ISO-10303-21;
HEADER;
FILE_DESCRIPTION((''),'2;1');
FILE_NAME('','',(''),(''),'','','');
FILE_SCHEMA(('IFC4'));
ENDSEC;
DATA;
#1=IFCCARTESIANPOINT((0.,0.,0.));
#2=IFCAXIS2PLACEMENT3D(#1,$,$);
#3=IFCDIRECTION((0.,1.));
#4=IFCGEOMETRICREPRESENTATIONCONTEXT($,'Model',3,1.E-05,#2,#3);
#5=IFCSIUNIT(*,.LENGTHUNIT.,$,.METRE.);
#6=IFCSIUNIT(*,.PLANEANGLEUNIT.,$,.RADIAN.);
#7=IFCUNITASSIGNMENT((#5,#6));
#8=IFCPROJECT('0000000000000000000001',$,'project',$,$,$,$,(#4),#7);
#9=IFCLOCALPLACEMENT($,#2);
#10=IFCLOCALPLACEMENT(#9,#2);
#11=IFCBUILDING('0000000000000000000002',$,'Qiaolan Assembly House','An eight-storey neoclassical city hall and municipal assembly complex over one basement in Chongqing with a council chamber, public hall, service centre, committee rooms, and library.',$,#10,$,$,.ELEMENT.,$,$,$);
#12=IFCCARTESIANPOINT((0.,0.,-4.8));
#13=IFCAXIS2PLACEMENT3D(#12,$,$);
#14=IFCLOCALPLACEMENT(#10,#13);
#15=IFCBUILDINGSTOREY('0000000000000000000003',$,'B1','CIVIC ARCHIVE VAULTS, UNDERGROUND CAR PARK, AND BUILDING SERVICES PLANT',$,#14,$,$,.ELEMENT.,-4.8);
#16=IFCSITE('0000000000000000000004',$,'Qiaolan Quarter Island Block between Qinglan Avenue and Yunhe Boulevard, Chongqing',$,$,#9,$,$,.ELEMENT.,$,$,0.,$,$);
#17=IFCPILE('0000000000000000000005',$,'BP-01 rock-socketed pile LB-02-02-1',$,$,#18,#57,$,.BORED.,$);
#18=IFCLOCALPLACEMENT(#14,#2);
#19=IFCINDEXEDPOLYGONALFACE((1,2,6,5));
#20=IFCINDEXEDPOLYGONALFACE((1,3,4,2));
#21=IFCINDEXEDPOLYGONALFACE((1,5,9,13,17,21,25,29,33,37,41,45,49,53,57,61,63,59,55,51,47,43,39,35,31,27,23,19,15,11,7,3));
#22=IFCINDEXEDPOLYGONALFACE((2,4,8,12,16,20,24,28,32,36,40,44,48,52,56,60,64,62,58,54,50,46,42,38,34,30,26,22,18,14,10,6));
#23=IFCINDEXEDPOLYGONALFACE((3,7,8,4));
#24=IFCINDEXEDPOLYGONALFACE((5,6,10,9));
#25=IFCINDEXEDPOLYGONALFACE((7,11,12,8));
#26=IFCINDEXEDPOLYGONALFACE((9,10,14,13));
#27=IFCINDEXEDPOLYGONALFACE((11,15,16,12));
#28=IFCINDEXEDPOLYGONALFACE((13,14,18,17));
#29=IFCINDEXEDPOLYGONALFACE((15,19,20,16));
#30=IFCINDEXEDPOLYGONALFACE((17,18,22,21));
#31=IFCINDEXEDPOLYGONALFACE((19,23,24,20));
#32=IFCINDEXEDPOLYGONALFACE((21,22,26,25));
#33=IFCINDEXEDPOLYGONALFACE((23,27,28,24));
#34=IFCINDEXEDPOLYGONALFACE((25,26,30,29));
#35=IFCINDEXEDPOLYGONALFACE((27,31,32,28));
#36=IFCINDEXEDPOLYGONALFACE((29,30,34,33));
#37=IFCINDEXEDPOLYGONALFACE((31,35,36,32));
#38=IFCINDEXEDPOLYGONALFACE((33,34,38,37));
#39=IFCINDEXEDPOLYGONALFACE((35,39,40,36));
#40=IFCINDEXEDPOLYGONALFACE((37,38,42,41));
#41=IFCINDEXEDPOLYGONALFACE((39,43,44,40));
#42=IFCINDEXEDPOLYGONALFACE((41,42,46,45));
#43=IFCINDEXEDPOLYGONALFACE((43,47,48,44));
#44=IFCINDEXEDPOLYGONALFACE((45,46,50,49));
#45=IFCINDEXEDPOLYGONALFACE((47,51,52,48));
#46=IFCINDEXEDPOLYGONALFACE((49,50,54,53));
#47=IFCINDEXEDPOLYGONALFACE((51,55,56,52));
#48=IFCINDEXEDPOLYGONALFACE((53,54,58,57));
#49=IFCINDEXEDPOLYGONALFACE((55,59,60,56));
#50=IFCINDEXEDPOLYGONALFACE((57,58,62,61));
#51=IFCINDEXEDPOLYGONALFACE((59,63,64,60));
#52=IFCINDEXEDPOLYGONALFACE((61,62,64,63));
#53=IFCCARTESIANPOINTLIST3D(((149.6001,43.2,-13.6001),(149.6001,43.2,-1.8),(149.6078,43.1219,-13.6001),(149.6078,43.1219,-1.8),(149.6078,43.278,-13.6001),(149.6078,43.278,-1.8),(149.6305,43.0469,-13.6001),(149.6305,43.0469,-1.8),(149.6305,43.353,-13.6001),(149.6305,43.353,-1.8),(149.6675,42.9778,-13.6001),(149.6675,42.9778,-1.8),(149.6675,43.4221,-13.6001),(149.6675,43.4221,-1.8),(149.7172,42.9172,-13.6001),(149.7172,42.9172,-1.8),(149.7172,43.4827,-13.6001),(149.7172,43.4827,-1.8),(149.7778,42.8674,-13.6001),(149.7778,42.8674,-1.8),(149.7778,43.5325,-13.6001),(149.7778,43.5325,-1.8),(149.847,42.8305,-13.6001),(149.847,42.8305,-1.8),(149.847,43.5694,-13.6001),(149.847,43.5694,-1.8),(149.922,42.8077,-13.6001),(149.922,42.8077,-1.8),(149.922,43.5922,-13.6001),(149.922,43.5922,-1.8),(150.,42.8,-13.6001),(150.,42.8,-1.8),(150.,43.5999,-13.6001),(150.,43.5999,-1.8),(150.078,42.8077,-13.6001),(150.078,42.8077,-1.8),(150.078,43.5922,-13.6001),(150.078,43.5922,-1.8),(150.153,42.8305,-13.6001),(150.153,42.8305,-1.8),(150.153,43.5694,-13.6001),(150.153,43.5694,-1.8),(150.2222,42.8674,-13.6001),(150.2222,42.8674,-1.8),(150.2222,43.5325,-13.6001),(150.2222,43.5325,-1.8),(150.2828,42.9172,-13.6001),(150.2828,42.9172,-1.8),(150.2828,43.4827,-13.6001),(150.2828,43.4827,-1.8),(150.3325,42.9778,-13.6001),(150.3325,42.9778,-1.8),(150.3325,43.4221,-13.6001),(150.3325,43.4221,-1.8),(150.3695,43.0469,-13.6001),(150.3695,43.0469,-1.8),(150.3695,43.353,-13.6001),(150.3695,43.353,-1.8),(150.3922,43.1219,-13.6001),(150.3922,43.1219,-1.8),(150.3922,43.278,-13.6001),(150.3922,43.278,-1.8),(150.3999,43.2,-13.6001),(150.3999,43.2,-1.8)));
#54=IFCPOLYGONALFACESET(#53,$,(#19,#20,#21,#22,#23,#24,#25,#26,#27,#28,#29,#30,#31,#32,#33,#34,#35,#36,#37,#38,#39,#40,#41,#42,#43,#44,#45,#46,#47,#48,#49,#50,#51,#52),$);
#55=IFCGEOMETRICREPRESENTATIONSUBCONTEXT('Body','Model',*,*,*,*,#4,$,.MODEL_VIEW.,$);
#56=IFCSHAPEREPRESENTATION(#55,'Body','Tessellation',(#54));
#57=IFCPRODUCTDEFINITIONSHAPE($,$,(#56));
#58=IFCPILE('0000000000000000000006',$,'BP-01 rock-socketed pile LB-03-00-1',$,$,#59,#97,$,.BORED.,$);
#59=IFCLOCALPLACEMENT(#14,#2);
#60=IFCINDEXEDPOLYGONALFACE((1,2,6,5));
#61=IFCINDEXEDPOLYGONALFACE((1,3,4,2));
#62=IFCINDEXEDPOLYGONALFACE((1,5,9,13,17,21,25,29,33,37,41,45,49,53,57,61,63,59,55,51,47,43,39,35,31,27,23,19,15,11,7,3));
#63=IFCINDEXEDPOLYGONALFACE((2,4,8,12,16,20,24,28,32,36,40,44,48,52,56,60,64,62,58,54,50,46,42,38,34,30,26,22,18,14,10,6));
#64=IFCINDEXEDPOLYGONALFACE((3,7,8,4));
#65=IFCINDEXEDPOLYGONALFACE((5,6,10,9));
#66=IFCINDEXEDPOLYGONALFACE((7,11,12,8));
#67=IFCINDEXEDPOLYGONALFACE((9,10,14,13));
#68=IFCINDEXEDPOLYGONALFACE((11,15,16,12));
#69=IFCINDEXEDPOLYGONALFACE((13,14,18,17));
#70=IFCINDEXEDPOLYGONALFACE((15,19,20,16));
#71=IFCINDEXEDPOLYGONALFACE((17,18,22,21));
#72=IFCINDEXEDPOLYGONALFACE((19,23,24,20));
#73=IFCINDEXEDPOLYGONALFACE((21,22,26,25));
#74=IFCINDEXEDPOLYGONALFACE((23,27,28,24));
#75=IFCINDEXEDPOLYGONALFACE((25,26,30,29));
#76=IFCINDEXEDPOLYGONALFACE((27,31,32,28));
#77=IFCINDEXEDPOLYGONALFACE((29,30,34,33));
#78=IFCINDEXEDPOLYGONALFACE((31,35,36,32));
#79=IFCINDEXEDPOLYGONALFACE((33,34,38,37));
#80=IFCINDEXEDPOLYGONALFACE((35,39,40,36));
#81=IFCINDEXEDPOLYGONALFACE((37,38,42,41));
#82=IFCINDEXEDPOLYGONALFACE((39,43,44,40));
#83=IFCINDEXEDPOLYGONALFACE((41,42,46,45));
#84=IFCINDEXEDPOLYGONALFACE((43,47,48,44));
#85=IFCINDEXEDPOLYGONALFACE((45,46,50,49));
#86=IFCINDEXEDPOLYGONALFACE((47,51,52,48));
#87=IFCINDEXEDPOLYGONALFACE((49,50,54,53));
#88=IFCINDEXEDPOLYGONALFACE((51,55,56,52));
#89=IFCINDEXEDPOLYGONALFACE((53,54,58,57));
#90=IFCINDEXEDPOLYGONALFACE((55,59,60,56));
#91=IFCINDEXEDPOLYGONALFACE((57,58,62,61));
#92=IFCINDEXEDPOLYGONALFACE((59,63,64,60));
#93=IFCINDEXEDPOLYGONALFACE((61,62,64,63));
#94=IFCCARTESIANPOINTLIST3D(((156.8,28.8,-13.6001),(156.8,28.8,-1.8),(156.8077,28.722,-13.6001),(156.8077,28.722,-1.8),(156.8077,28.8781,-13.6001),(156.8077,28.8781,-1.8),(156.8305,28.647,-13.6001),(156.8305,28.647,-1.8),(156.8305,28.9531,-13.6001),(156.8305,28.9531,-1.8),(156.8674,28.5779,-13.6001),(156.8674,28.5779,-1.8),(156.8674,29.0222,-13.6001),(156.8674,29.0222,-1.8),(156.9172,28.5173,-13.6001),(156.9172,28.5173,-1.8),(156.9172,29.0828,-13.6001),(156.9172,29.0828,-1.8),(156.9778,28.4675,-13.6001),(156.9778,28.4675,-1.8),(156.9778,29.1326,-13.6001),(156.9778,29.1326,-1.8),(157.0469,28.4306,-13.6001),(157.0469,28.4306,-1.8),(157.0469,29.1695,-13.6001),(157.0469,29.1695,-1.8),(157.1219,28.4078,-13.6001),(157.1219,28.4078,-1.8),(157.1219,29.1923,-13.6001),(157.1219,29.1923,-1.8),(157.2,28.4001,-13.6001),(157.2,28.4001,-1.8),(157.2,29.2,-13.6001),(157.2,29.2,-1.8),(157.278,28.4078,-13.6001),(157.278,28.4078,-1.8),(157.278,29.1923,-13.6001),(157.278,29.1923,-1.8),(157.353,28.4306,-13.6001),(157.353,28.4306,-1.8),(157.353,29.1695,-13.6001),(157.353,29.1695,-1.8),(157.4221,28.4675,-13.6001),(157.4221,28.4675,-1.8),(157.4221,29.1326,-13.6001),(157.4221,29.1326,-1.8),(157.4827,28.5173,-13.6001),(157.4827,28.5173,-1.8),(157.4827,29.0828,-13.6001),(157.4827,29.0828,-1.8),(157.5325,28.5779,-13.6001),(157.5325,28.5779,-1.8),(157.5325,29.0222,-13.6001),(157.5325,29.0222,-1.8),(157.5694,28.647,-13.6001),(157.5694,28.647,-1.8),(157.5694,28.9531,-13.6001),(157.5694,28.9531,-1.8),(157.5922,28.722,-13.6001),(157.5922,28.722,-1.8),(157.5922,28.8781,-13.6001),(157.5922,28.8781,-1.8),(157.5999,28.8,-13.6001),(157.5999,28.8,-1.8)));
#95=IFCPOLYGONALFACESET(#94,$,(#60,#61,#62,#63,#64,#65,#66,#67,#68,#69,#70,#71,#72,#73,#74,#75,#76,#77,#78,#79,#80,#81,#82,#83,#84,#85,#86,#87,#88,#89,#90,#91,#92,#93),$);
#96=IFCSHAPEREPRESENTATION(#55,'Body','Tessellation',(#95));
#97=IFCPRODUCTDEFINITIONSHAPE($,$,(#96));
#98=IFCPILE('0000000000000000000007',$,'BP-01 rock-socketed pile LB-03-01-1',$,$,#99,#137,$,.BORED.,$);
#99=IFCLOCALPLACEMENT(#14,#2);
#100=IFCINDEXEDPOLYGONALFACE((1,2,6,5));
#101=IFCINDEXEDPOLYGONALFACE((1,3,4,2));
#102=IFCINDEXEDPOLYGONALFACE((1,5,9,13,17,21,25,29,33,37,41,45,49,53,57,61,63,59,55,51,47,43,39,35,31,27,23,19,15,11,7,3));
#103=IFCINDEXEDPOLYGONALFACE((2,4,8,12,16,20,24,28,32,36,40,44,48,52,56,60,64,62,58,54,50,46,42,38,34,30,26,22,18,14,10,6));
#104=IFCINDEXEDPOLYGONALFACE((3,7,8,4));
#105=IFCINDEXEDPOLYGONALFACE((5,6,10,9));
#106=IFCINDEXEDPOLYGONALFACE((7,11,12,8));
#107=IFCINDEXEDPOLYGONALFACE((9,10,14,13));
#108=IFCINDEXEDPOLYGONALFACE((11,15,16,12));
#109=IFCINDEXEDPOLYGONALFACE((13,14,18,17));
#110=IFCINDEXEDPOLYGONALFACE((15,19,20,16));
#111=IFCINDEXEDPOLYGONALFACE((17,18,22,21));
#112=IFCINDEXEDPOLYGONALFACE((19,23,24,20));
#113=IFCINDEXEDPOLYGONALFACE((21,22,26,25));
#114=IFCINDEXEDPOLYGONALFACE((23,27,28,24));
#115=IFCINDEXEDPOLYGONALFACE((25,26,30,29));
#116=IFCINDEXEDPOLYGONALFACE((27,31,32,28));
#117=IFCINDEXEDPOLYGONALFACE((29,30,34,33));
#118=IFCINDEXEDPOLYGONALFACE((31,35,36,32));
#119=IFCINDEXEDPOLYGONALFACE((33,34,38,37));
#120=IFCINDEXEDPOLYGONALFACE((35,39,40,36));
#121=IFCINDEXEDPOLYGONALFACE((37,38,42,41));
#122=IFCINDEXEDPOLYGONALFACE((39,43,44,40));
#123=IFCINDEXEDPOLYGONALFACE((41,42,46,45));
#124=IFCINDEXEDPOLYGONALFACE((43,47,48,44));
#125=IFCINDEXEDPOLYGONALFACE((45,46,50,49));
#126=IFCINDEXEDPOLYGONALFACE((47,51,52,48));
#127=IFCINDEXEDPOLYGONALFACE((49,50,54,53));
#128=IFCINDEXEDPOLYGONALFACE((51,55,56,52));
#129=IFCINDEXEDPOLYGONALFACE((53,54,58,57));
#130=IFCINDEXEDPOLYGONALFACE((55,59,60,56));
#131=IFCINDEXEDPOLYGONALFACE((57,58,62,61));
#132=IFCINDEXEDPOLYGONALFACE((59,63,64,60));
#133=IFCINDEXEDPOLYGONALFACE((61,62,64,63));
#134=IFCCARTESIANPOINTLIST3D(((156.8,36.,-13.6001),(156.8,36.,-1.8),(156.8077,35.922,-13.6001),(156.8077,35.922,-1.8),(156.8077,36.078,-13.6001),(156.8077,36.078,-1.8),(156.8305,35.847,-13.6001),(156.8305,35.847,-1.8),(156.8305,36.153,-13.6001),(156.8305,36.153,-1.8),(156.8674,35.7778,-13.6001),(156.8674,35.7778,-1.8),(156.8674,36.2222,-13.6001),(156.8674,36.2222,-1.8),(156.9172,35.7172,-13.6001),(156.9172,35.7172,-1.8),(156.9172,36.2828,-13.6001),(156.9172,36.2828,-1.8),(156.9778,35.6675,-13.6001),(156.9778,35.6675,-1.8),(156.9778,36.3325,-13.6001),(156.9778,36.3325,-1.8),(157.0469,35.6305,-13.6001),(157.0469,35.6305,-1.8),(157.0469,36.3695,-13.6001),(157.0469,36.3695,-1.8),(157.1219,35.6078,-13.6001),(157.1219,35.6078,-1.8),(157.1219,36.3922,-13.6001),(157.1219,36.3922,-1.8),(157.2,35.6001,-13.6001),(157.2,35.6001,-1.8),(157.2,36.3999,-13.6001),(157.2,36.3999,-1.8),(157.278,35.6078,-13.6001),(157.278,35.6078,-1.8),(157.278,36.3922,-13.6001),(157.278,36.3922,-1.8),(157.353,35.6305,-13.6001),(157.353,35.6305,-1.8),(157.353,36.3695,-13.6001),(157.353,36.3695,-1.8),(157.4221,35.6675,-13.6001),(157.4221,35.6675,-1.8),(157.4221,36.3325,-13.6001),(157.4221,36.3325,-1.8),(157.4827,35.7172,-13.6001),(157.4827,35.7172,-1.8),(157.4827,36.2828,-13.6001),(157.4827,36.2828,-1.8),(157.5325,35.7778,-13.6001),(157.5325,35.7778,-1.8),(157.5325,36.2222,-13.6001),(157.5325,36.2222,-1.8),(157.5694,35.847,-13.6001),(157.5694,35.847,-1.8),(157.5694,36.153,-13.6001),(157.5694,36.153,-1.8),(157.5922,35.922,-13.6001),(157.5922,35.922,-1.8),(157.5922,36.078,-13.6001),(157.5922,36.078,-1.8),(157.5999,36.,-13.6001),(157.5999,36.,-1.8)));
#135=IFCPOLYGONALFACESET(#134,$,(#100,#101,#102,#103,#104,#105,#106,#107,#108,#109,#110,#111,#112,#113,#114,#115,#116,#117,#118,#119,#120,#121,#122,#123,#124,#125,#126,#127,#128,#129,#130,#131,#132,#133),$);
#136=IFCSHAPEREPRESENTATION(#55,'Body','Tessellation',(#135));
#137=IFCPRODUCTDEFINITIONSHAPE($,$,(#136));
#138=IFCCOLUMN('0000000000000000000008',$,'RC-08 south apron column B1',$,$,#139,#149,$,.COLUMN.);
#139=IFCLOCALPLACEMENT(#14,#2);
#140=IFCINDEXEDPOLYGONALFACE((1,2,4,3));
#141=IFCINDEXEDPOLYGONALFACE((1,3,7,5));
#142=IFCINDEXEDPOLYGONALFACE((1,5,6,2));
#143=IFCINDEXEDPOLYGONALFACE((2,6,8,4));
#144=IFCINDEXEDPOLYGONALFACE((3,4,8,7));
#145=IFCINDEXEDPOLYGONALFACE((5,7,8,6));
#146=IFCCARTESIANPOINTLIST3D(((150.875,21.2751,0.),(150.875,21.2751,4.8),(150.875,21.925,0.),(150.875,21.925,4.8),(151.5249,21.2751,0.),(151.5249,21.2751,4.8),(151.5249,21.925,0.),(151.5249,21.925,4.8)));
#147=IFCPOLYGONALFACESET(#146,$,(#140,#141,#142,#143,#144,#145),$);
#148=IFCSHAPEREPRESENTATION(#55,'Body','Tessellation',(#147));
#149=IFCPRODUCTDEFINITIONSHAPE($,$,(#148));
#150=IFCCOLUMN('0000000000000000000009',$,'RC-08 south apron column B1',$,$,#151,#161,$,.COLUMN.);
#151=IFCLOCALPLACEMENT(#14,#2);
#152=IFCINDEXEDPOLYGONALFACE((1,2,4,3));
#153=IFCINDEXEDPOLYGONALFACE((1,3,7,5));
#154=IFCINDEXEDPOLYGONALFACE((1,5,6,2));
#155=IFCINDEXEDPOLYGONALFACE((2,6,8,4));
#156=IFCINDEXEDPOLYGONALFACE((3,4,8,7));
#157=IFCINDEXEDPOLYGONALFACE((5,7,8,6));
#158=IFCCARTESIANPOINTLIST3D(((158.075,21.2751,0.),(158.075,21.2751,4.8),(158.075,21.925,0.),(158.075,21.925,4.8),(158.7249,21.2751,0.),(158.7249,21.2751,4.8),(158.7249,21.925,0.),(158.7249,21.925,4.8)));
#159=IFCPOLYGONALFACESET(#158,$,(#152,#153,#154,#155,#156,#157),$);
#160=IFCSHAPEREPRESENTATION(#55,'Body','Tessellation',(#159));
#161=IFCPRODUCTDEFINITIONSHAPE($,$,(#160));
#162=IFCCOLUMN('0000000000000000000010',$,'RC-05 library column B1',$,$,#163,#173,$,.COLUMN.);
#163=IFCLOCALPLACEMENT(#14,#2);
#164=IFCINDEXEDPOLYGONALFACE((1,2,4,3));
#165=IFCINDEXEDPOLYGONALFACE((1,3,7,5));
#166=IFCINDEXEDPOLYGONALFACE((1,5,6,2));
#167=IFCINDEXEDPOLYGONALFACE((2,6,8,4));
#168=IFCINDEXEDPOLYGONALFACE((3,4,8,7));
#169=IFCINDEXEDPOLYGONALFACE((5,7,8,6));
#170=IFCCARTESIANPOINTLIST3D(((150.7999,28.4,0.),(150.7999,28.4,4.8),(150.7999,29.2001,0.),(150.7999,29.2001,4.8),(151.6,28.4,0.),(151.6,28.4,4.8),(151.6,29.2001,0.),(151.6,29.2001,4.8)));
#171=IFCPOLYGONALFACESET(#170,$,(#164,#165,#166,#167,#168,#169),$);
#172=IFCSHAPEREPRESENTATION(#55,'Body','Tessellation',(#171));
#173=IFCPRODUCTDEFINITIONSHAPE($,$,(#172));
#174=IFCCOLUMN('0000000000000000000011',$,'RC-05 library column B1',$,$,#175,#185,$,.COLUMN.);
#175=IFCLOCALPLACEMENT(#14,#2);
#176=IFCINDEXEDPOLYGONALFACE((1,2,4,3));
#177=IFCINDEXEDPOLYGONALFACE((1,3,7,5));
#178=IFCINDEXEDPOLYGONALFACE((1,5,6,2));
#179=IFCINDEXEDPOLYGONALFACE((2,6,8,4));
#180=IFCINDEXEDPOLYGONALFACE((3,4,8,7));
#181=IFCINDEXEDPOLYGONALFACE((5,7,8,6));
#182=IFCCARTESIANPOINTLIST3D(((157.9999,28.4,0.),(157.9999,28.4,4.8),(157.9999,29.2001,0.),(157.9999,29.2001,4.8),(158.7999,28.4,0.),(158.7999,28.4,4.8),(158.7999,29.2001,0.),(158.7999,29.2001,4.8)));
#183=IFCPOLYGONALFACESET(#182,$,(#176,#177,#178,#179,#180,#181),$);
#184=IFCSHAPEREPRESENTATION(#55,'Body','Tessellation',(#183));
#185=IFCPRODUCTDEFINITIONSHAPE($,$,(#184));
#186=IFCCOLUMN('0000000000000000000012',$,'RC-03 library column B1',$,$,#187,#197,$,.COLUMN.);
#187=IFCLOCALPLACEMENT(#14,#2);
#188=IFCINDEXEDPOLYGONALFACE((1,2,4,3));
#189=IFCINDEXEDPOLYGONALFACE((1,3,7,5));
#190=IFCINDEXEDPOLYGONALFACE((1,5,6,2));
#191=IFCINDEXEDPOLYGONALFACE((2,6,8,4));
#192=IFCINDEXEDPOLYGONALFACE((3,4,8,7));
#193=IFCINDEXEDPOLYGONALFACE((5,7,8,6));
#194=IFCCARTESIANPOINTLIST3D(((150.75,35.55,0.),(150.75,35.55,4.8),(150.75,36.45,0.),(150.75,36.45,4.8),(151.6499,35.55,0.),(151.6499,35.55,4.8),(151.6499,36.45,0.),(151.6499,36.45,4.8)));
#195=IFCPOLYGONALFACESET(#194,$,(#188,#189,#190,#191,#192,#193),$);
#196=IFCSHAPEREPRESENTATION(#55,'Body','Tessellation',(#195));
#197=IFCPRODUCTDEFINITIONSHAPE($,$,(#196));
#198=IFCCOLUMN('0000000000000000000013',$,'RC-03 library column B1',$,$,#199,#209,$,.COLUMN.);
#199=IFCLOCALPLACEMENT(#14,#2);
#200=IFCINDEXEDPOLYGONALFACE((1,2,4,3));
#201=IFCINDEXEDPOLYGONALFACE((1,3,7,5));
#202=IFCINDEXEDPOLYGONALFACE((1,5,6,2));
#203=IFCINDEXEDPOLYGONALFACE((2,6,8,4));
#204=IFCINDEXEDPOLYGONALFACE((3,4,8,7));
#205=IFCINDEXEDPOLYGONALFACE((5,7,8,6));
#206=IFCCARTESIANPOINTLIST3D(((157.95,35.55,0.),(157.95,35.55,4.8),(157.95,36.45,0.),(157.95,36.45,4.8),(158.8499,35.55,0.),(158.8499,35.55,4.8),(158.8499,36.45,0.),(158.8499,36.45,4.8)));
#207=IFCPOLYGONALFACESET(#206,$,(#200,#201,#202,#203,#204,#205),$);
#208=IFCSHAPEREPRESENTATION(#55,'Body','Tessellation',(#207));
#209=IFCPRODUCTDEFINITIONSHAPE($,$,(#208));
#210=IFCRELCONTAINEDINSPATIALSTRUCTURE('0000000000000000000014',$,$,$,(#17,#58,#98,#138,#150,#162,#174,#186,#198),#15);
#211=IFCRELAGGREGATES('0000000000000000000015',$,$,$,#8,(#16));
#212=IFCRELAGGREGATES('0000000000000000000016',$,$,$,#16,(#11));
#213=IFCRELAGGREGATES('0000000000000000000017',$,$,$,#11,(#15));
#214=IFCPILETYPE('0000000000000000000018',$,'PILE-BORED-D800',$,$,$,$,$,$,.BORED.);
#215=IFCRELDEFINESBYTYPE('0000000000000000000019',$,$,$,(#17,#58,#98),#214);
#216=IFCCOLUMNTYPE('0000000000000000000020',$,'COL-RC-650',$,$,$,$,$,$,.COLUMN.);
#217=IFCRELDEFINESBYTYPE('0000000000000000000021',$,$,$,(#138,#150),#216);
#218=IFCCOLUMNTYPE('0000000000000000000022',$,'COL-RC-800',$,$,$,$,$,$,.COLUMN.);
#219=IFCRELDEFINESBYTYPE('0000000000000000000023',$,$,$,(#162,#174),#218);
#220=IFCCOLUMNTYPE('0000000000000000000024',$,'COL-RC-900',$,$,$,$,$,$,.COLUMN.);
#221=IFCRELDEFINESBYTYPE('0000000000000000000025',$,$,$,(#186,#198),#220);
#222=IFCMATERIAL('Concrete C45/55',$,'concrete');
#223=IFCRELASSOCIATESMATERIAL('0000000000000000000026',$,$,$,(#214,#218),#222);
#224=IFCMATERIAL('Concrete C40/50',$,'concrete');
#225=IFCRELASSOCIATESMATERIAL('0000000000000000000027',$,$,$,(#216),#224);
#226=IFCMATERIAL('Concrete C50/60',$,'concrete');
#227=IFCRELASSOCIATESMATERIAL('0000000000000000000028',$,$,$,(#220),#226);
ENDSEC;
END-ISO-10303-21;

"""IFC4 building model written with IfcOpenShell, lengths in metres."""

from ifc_helpers import new_model, si_unit, direction, frame, origin, origin_2d, place, context, subcontext, project, spatial, rectangle, circle, extrude, material, material_profile, profile_set, type_object, element, save


model = new_model("IFC4")

# Units and contexts
model_context = context("Model", 3, precision=1e-05, world=origin(), true_north=direction((0.0, 1.0)))
body_context = subcontext(model_context, "Body", "Model", "MODEL_VIEW")
ifc_project = project(units=[si_unit("LENGTHUNIT", "METRE"), si_unit("PLANEANGLEUNIT", "RADIAN")], contexts=[model_context])

# Site, building, storey
site_placement = place(None, origin())
site = spatial("IfcSite", under=ifc_project, at=site_placement, Name="Qiaolan Quarter Island Block between Qinglan Avenue and Yunhe Boulevard, Chongqing", CompositionType="ELEMENT", RefElevation=0.0)
building_placement = place(site_placement, origin())
building = spatial("IfcBuilding", under=site, at=building_placement, Name="Qiaolan Assembly House", Description="An eight-storey neoclassical city hall and municipal assembly complex over one basement in Chongqing with a council chamber, public hall, service centre, committee rooms, and library.", CompositionType="ELEMENT")
storey_placement = place(building_placement, frame((0.0, 0.0, -4.8)))
storey = spatial("IfcBuildingStorey", under=building, at=storey_placement, Name="B1", Description="CIVIC ARCHIVE VAULTS, UNDERGROUND CAR PARK, AND BUILDING SERVICES PLANT", CompositionType="ELEMENT", Elevation=-4.8)

# Shared definitions
ifc_material_1 = material(Name="Concrete C40/50", Category="concrete")

# Piles
ifc_material_2 = material(Name="Concrete C45/55", Category="concrete")
ifc_material_profile_1 = material_profile(ifc_material_2, circle(Radius=0.3999, at=origin_2d()), Name="PILE D800")
ifc_profile_set_1 = profile_set([ifc_material_profile_1], Name="Concrete C45/55")
pile_type_1 = type_object("IfcPileType", Name="PILE-BORED-D800", PredefinedType="BORED", material=ifc_profile_set_1)
for number, where, z_axis, x_axis, name in (
    (1, (150.0, 43.2, -1.8), (0.0, 0.0, -1.0), (1.0, 0.0, 0.0), "BP-01 rock-socketed pile LB-02-02-1"),
    (2, (157.2, 28.8, -1.8), (0.0, 0.0, -1.0), (1.0, 0.0, 0.0), "BP-01 rock-socketed pile LB-03-00-1"),
    (3, (157.2, 36.0, -1.8), (0.0, 0.0, -1.0), (1.0, 0.0, 0.0), "BP-01 rock-socketed pile LB-03-01-1"),
):
    element("IfcPile", number, at=place(storey_placement, frame(where, z_axis=z_axis, x_axis=x_axis)), inside=storey, type_object=pile_type_1, Name=name, PredefinedType="BORED", context=body_context, shape_type="SweptSolid", body=[
        extrude(circle(Radius=0.3999, at=origin_2d()), origin(), (0.0, 0.0, 1.0), 11.8),
    ])

# Columns
ifc_material_profile_2 = material_profile(ifc_material_1, rectangle(XDim=0.6499, YDim=0.6499, at=origin_2d()), Name="RC 650x650")
ifc_profile_set_2 = profile_set([ifc_material_profile_2], Name="Concrete C40/50")
column_type_1 = type_object("IfcColumnType", Name="COL-RC-650", PredefinedType="COLUMN", material=ifc_profile_set_2)
for number, where, z_axis, x_axis, name in (
    (4, (151.2, 21.6001, 0.0), (0.0, 0.0, 1.0), (1.0, 0.0, 0.0), "RC-08 south apron column B1"),
    (5, (158.3999, 21.6001, 0.0), (0.0, 0.0, 1.0), (1.0, 0.0, 0.0), "RC-08 south apron column B1"),
):
    element("IfcColumn", number, at=place(storey_placement, frame(where, z_axis=z_axis, x_axis=x_axis)), inside=storey, type_object=column_type_1, Name=name, PredefinedType="COLUMN", context=body_context, shape_type="SweptSolid", body=[
        extrude(rectangle(XDim=0.6499, YDim=0.6499, at=origin_2d()), origin(), (0.0, 0.0, 1.0), 4.8),
    ])
ifc_material_profile_3 = material_profile(ifc_material_2, rectangle(XDim=0.8, YDim=0.8, at=origin_2d()), Name="RC 800x800")
ifc_profile_set_3 = profile_set([ifc_material_profile_3], Name="Concrete C45/55")
column_type_2 = type_object("IfcColumnType", Name="COL-RC-800", PredefinedType="COLUMN", material=ifc_profile_set_3)
for number, where, z_axis, x_axis, name in (
    (6, (151.2, 28.8, 0.0), (0.0, 0.0, 1.0), (1.0, 0.0, 0.0), "RC-05 library column B1"),
    (7, (158.3999, 28.8, 0.0), (0.0, 0.0, 1.0), (1.0, 0.0, 0.0), "RC-05 library column B1"),
):
    element("IfcColumn", number, at=place(storey_placement, frame(where, z_axis=z_axis, x_axis=x_axis)), inside=storey, type_object=column_type_2, Name=name, PredefinedType="COLUMN", context=body_context, shape_type="SweptSolid", body=[
        extrude(rectangle(XDim=0.8, YDim=0.8, at=origin_2d()), origin(), (0.0, 0.0, 1.0), 4.8),
    ])
ifc_material_3 = material(Name="Concrete C50/60", Category="concrete")
ifc_material_profile_4 = material_profile(ifc_material_3, rectangle(XDim=0.8999, YDim=0.8999, at=origin_2d()), Name="RC 900x900")
ifc_profile_set_4 = profile_set([ifc_material_profile_4], Name="Concrete C50/60")
column_type_3 = type_object("IfcColumnType", Name="COL-RC-900", PredefinedType="COLUMN", material=ifc_profile_set_4)
for number, where, z_axis, x_axis, name in (
    (8, (151.2, 36.0, 0.0), (0.0, 0.0, 1.0), (1.0, 0.0, 0.0), "RC-03 library column B1"),
    (9, (158.3999, 36.0, 0.0), (0.0, 0.0, 1.0), (1.0, 0.0, 0.0), "RC-03 library column B1"),
):
    element("IfcColumn", number, at=place(storey_placement, frame(where, z_axis=z_axis, x_axis=x_axis)), inside=storey, type_object=column_type_3, Name=name, PredefinedType="COLUMN", context=body_context, shape_type="SweptSolid", body=[
        extrude(rectangle(XDim=0.8999, YDim=0.8999, at=origin_2d()), origin(), (0.0, 0.0, 1.0), 4.8),
    ])

save(model, "model.ifc")
